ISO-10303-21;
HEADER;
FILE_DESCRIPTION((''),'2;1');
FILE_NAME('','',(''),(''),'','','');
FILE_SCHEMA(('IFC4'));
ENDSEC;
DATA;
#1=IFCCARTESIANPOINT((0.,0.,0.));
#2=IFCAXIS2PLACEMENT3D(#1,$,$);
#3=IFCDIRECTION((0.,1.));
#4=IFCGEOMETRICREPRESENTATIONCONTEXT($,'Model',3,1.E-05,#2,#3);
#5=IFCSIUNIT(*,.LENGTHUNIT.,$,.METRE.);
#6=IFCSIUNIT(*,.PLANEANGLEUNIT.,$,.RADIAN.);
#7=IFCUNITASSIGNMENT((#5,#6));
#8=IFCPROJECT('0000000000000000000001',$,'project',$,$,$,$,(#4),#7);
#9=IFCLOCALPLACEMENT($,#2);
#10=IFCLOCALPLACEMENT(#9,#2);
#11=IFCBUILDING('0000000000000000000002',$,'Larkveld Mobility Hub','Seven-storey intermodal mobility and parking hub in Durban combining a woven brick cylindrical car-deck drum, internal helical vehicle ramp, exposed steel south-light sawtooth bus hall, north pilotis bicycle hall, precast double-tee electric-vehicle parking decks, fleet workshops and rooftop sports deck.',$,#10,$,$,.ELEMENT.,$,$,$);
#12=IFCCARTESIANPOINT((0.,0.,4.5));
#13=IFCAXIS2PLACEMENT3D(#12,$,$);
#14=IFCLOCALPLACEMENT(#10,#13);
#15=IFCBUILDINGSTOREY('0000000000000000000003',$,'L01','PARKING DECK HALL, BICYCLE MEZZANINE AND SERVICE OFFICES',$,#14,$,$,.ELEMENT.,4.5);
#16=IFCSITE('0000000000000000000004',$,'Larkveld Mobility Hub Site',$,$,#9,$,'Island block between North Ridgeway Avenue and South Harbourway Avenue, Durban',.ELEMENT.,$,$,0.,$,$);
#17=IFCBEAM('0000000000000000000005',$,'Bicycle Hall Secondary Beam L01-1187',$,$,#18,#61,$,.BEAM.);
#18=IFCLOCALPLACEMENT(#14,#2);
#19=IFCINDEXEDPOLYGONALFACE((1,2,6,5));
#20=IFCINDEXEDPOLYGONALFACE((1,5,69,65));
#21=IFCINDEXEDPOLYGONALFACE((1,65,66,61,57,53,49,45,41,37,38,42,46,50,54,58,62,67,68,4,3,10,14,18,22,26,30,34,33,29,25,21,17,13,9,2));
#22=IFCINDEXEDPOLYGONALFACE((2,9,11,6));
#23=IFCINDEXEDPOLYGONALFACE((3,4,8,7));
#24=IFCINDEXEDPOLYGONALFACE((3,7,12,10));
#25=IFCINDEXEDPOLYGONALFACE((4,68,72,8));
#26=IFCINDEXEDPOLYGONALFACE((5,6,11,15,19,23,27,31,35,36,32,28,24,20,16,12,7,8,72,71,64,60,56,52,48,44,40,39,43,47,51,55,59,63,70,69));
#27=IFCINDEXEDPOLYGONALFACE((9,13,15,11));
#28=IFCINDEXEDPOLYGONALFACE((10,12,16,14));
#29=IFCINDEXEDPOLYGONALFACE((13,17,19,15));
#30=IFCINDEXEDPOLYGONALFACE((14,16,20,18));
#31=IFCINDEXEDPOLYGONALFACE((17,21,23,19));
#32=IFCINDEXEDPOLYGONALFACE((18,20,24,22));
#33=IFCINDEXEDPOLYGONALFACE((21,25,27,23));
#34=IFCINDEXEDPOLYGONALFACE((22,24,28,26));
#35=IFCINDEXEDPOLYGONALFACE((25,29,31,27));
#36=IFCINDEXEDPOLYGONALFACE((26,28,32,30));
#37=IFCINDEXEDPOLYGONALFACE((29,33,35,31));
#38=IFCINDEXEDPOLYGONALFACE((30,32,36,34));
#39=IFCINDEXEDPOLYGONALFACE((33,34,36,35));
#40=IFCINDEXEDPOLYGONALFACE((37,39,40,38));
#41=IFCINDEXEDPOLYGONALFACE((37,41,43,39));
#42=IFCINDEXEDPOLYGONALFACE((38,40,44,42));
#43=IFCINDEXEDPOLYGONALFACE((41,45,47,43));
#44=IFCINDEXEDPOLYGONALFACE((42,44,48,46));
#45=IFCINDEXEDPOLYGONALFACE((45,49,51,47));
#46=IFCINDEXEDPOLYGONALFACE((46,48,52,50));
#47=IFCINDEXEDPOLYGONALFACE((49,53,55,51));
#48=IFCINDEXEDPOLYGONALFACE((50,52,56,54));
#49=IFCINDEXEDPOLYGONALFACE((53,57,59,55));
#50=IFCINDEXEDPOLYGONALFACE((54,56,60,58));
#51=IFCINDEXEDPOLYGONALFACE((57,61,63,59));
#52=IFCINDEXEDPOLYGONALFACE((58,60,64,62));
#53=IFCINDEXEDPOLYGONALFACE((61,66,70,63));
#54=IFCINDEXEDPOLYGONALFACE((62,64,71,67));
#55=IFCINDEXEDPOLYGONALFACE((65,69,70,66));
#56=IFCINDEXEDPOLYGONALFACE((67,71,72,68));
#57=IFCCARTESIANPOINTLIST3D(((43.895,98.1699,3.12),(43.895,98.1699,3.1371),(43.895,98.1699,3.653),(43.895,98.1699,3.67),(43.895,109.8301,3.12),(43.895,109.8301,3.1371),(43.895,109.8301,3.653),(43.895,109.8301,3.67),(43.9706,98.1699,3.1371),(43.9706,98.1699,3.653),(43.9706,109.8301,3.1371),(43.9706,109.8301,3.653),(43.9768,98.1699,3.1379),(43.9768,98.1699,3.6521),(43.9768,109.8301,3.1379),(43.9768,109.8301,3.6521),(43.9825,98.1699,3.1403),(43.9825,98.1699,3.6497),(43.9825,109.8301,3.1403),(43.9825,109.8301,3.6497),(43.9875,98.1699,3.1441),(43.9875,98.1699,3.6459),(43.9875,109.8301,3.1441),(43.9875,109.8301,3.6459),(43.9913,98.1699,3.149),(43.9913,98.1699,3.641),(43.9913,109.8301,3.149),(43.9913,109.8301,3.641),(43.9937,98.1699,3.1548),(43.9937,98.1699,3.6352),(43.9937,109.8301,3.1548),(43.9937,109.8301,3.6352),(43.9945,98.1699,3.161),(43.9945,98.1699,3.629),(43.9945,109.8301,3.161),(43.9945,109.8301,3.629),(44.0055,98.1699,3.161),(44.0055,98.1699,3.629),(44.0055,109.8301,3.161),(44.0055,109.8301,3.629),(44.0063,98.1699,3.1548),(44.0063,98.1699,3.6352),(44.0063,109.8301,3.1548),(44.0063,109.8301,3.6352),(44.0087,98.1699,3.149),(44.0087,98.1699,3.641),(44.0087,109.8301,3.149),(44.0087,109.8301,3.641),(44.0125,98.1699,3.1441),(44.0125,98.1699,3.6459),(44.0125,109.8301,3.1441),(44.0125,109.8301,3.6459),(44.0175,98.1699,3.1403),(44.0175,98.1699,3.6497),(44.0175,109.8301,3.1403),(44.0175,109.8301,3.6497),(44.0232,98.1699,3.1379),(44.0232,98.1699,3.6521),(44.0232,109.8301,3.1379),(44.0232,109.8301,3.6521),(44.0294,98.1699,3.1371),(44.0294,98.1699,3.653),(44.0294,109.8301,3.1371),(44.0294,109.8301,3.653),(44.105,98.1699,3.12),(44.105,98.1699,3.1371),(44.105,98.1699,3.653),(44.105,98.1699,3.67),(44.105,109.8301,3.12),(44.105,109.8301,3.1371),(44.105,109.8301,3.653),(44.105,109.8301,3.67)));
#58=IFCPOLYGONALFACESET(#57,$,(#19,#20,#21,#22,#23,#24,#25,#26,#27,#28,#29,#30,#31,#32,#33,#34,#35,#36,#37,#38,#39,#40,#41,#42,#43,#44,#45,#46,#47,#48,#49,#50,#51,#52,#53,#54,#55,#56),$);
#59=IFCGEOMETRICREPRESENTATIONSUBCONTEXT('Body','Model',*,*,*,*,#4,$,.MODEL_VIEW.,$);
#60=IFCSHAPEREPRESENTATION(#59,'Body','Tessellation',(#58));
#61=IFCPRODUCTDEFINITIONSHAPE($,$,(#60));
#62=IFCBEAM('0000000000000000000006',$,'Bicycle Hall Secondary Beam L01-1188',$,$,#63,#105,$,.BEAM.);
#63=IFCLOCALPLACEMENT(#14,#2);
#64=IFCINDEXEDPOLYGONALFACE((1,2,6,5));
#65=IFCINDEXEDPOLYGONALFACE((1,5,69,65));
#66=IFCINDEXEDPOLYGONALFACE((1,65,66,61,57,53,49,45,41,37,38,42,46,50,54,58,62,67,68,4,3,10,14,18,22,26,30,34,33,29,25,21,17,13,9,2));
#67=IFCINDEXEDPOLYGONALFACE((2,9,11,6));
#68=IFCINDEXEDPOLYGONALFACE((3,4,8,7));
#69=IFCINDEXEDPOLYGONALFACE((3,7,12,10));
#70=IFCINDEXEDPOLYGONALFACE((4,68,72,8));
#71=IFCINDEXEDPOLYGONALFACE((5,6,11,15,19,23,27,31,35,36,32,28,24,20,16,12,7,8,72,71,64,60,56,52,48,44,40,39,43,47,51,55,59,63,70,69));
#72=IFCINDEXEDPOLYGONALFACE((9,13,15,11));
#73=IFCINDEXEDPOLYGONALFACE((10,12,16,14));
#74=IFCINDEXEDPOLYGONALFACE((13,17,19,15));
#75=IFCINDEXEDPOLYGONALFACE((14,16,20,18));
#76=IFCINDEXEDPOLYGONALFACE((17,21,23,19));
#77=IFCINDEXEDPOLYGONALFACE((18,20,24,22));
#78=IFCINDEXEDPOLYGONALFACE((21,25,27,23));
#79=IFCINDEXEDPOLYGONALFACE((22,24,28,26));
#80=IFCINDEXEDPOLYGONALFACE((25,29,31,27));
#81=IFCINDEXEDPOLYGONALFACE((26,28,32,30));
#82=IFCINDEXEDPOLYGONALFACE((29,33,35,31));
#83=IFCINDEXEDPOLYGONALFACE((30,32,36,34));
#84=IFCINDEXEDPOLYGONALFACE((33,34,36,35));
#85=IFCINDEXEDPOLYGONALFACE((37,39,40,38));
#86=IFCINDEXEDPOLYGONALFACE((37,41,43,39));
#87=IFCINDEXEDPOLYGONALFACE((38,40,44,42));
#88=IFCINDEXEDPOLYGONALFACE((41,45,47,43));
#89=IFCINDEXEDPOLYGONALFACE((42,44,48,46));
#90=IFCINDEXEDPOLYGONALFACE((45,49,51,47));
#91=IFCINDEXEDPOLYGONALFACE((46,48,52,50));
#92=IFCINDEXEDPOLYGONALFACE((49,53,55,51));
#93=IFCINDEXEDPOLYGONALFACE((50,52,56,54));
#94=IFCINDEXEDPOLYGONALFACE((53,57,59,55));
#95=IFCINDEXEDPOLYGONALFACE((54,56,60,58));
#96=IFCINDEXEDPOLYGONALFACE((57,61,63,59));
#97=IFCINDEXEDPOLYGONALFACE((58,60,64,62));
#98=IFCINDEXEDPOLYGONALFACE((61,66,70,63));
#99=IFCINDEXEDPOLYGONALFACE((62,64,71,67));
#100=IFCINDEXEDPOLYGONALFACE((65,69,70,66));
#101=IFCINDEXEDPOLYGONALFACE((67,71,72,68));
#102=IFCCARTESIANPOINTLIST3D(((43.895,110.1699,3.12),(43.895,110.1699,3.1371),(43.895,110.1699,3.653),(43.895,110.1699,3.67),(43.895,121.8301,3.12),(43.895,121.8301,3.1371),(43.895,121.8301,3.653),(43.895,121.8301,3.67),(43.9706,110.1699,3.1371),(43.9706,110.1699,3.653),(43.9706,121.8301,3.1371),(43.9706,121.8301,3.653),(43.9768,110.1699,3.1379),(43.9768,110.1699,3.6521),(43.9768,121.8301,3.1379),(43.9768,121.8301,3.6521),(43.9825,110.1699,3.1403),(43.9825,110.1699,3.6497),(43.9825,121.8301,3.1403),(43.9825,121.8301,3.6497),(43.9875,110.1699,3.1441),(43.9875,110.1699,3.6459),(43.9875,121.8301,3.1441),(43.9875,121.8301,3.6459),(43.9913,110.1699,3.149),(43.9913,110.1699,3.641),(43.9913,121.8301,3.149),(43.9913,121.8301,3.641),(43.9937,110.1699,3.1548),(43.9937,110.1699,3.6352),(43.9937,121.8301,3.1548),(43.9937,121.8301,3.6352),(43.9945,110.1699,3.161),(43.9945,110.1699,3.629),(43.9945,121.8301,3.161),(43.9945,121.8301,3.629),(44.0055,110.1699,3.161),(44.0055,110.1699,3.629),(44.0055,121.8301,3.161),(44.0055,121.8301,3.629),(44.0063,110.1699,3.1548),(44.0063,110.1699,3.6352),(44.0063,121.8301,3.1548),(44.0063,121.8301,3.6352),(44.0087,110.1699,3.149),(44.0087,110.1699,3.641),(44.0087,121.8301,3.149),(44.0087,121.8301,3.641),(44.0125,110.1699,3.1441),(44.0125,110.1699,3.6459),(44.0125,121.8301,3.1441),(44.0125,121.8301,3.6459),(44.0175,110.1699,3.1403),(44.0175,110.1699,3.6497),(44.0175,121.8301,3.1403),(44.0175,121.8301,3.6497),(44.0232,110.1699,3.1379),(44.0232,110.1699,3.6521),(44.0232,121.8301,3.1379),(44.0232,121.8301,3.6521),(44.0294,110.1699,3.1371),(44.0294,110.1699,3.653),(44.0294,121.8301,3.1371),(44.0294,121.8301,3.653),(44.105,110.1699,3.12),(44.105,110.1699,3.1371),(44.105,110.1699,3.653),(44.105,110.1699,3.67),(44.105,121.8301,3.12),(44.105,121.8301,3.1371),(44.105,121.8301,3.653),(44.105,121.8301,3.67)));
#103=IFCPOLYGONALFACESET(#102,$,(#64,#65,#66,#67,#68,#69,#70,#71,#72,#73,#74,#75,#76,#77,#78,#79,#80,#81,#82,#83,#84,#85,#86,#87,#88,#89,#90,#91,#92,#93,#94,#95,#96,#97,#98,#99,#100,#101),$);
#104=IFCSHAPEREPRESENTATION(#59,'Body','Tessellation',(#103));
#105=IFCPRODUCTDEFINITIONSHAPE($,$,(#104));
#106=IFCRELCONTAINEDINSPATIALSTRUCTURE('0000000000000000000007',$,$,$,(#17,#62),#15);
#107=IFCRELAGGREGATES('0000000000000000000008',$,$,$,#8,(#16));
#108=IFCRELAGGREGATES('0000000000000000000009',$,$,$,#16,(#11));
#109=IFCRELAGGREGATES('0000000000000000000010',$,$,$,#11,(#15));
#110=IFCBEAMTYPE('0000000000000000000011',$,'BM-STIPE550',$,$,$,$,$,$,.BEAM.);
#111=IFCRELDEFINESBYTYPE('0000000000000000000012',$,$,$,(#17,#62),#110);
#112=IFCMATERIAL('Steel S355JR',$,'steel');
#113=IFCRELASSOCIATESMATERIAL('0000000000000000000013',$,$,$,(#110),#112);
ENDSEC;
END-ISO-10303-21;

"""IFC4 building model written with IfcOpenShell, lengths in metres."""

from ifc_helpers import new_model, si_unit, direction, frame, origin, origin_2d, place, context, subcontext, project, spatial, i_section, extrude, material, material_profile, profile_set, type_object, element, save


model = new_model("IFC4")

# Units and contexts
model_context = context("Model", 3, precision=1e-05, world=origin(), true_north=direction((0.0, 1.0)))
body_context = subcontext(model_context, "Body", "Model", "MODEL_VIEW")
ifc_project = project(units=[si_unit("LENGTHUNIT", "METRE"), si_unit("PLANEANGLEUNIT", "RADIAN")], contexts=[model_context])

# Site, building, storey
site_placement = place(None, origin())
site = spatial("IfcSite", under=ifc_project, at=site_placement, Name="Larkveld Mobility Hub Site", LongName="Island block between North Ridgeway Avenue and South Harbourway Avenue, Durban", CompositionType="ELEMENT", RefElevation=0.0)
building_placement = place(site_placement, origin())
building = spatial("IfcBuilding", under=site, at=building_placement, Name="Larkveld Mobility Hub", Description="Seven-storey intermodal mobility and parking hub in Durban combining a woven brick cylindrical car-deck drum, internal helical vehicle ramp, exposed steel south-light sawtooth bus hall, north pilotis bicycle hall, precast double-tee electric-vehicle parking decks, fleet workshops and rooftop sports deck.", CompositionType="ELEMENT")
storey_placement = place(building_placement, frame((0.0, 0.0, 4.5)))
storey = spatial("IfcBuildingStorey", under=building, at=storey_placement, Name="L01", Description="PARKING DECK HALL, BICYCLE MEZZANINE AND SERVICE OFFICES", CompositionType="ELEMENT", Elevation=4.5)

# Beams
ifc_material_1 = material(Name="Steel S355JR", Category="steel")
ifc_material_profile_1 = material_profile(ifc_material_1, i_section(OverallWidth=0.21, OverallDepth=0.55, WebThickness=0.011, FlangeThickness=0.0171, FilletRadius=0.0239, at=origin_2d()), Name="IPE 550")
ifc_profile_set_1 = profile_set([ifc_material_profile_1], Name="Steel S355JR")
beam_type_1 = type_object("IfcBeamType", Name="BM-STIPE550", PredefinedType="BEAM", material=ifc_profile_set_1)
for number, where, z_axis, x_axis, name in (
    (1, (44.0, 98.1699, 3.395), (0.0, 1.0, 0.0), (-1.0, 0.0, 0.0), "Bicycle Hall Secondary Beam L01-1187"),
    (2, (44.0, 110.1699, 3.395), (0.0, 1.0, 0.0), (-1.0, 0.0, 0.0), "Bicycle Hall Secondary Beam L01-1188"),
):
    element("IfcBeam", number, at=place(storey_placement, frame(where, z_axis=z_axis, x_axis=x_axis)), inside=storey, type_object=beam_type_1, Name=name, PredefinedType="BEAM", context=body_context, shape_type="SweptSolid", body=[
        extrude(i_section(OverallWidth=0.21, OverallDepth=0.55, WebThickness=0.011, FlangeThickness=0.0171, FilletRadius=0.0239, at=origin_2d()), origin(), (0.0, 0.0, 1.0), 11.6602),
    ])

save(model, "model.ifc")
